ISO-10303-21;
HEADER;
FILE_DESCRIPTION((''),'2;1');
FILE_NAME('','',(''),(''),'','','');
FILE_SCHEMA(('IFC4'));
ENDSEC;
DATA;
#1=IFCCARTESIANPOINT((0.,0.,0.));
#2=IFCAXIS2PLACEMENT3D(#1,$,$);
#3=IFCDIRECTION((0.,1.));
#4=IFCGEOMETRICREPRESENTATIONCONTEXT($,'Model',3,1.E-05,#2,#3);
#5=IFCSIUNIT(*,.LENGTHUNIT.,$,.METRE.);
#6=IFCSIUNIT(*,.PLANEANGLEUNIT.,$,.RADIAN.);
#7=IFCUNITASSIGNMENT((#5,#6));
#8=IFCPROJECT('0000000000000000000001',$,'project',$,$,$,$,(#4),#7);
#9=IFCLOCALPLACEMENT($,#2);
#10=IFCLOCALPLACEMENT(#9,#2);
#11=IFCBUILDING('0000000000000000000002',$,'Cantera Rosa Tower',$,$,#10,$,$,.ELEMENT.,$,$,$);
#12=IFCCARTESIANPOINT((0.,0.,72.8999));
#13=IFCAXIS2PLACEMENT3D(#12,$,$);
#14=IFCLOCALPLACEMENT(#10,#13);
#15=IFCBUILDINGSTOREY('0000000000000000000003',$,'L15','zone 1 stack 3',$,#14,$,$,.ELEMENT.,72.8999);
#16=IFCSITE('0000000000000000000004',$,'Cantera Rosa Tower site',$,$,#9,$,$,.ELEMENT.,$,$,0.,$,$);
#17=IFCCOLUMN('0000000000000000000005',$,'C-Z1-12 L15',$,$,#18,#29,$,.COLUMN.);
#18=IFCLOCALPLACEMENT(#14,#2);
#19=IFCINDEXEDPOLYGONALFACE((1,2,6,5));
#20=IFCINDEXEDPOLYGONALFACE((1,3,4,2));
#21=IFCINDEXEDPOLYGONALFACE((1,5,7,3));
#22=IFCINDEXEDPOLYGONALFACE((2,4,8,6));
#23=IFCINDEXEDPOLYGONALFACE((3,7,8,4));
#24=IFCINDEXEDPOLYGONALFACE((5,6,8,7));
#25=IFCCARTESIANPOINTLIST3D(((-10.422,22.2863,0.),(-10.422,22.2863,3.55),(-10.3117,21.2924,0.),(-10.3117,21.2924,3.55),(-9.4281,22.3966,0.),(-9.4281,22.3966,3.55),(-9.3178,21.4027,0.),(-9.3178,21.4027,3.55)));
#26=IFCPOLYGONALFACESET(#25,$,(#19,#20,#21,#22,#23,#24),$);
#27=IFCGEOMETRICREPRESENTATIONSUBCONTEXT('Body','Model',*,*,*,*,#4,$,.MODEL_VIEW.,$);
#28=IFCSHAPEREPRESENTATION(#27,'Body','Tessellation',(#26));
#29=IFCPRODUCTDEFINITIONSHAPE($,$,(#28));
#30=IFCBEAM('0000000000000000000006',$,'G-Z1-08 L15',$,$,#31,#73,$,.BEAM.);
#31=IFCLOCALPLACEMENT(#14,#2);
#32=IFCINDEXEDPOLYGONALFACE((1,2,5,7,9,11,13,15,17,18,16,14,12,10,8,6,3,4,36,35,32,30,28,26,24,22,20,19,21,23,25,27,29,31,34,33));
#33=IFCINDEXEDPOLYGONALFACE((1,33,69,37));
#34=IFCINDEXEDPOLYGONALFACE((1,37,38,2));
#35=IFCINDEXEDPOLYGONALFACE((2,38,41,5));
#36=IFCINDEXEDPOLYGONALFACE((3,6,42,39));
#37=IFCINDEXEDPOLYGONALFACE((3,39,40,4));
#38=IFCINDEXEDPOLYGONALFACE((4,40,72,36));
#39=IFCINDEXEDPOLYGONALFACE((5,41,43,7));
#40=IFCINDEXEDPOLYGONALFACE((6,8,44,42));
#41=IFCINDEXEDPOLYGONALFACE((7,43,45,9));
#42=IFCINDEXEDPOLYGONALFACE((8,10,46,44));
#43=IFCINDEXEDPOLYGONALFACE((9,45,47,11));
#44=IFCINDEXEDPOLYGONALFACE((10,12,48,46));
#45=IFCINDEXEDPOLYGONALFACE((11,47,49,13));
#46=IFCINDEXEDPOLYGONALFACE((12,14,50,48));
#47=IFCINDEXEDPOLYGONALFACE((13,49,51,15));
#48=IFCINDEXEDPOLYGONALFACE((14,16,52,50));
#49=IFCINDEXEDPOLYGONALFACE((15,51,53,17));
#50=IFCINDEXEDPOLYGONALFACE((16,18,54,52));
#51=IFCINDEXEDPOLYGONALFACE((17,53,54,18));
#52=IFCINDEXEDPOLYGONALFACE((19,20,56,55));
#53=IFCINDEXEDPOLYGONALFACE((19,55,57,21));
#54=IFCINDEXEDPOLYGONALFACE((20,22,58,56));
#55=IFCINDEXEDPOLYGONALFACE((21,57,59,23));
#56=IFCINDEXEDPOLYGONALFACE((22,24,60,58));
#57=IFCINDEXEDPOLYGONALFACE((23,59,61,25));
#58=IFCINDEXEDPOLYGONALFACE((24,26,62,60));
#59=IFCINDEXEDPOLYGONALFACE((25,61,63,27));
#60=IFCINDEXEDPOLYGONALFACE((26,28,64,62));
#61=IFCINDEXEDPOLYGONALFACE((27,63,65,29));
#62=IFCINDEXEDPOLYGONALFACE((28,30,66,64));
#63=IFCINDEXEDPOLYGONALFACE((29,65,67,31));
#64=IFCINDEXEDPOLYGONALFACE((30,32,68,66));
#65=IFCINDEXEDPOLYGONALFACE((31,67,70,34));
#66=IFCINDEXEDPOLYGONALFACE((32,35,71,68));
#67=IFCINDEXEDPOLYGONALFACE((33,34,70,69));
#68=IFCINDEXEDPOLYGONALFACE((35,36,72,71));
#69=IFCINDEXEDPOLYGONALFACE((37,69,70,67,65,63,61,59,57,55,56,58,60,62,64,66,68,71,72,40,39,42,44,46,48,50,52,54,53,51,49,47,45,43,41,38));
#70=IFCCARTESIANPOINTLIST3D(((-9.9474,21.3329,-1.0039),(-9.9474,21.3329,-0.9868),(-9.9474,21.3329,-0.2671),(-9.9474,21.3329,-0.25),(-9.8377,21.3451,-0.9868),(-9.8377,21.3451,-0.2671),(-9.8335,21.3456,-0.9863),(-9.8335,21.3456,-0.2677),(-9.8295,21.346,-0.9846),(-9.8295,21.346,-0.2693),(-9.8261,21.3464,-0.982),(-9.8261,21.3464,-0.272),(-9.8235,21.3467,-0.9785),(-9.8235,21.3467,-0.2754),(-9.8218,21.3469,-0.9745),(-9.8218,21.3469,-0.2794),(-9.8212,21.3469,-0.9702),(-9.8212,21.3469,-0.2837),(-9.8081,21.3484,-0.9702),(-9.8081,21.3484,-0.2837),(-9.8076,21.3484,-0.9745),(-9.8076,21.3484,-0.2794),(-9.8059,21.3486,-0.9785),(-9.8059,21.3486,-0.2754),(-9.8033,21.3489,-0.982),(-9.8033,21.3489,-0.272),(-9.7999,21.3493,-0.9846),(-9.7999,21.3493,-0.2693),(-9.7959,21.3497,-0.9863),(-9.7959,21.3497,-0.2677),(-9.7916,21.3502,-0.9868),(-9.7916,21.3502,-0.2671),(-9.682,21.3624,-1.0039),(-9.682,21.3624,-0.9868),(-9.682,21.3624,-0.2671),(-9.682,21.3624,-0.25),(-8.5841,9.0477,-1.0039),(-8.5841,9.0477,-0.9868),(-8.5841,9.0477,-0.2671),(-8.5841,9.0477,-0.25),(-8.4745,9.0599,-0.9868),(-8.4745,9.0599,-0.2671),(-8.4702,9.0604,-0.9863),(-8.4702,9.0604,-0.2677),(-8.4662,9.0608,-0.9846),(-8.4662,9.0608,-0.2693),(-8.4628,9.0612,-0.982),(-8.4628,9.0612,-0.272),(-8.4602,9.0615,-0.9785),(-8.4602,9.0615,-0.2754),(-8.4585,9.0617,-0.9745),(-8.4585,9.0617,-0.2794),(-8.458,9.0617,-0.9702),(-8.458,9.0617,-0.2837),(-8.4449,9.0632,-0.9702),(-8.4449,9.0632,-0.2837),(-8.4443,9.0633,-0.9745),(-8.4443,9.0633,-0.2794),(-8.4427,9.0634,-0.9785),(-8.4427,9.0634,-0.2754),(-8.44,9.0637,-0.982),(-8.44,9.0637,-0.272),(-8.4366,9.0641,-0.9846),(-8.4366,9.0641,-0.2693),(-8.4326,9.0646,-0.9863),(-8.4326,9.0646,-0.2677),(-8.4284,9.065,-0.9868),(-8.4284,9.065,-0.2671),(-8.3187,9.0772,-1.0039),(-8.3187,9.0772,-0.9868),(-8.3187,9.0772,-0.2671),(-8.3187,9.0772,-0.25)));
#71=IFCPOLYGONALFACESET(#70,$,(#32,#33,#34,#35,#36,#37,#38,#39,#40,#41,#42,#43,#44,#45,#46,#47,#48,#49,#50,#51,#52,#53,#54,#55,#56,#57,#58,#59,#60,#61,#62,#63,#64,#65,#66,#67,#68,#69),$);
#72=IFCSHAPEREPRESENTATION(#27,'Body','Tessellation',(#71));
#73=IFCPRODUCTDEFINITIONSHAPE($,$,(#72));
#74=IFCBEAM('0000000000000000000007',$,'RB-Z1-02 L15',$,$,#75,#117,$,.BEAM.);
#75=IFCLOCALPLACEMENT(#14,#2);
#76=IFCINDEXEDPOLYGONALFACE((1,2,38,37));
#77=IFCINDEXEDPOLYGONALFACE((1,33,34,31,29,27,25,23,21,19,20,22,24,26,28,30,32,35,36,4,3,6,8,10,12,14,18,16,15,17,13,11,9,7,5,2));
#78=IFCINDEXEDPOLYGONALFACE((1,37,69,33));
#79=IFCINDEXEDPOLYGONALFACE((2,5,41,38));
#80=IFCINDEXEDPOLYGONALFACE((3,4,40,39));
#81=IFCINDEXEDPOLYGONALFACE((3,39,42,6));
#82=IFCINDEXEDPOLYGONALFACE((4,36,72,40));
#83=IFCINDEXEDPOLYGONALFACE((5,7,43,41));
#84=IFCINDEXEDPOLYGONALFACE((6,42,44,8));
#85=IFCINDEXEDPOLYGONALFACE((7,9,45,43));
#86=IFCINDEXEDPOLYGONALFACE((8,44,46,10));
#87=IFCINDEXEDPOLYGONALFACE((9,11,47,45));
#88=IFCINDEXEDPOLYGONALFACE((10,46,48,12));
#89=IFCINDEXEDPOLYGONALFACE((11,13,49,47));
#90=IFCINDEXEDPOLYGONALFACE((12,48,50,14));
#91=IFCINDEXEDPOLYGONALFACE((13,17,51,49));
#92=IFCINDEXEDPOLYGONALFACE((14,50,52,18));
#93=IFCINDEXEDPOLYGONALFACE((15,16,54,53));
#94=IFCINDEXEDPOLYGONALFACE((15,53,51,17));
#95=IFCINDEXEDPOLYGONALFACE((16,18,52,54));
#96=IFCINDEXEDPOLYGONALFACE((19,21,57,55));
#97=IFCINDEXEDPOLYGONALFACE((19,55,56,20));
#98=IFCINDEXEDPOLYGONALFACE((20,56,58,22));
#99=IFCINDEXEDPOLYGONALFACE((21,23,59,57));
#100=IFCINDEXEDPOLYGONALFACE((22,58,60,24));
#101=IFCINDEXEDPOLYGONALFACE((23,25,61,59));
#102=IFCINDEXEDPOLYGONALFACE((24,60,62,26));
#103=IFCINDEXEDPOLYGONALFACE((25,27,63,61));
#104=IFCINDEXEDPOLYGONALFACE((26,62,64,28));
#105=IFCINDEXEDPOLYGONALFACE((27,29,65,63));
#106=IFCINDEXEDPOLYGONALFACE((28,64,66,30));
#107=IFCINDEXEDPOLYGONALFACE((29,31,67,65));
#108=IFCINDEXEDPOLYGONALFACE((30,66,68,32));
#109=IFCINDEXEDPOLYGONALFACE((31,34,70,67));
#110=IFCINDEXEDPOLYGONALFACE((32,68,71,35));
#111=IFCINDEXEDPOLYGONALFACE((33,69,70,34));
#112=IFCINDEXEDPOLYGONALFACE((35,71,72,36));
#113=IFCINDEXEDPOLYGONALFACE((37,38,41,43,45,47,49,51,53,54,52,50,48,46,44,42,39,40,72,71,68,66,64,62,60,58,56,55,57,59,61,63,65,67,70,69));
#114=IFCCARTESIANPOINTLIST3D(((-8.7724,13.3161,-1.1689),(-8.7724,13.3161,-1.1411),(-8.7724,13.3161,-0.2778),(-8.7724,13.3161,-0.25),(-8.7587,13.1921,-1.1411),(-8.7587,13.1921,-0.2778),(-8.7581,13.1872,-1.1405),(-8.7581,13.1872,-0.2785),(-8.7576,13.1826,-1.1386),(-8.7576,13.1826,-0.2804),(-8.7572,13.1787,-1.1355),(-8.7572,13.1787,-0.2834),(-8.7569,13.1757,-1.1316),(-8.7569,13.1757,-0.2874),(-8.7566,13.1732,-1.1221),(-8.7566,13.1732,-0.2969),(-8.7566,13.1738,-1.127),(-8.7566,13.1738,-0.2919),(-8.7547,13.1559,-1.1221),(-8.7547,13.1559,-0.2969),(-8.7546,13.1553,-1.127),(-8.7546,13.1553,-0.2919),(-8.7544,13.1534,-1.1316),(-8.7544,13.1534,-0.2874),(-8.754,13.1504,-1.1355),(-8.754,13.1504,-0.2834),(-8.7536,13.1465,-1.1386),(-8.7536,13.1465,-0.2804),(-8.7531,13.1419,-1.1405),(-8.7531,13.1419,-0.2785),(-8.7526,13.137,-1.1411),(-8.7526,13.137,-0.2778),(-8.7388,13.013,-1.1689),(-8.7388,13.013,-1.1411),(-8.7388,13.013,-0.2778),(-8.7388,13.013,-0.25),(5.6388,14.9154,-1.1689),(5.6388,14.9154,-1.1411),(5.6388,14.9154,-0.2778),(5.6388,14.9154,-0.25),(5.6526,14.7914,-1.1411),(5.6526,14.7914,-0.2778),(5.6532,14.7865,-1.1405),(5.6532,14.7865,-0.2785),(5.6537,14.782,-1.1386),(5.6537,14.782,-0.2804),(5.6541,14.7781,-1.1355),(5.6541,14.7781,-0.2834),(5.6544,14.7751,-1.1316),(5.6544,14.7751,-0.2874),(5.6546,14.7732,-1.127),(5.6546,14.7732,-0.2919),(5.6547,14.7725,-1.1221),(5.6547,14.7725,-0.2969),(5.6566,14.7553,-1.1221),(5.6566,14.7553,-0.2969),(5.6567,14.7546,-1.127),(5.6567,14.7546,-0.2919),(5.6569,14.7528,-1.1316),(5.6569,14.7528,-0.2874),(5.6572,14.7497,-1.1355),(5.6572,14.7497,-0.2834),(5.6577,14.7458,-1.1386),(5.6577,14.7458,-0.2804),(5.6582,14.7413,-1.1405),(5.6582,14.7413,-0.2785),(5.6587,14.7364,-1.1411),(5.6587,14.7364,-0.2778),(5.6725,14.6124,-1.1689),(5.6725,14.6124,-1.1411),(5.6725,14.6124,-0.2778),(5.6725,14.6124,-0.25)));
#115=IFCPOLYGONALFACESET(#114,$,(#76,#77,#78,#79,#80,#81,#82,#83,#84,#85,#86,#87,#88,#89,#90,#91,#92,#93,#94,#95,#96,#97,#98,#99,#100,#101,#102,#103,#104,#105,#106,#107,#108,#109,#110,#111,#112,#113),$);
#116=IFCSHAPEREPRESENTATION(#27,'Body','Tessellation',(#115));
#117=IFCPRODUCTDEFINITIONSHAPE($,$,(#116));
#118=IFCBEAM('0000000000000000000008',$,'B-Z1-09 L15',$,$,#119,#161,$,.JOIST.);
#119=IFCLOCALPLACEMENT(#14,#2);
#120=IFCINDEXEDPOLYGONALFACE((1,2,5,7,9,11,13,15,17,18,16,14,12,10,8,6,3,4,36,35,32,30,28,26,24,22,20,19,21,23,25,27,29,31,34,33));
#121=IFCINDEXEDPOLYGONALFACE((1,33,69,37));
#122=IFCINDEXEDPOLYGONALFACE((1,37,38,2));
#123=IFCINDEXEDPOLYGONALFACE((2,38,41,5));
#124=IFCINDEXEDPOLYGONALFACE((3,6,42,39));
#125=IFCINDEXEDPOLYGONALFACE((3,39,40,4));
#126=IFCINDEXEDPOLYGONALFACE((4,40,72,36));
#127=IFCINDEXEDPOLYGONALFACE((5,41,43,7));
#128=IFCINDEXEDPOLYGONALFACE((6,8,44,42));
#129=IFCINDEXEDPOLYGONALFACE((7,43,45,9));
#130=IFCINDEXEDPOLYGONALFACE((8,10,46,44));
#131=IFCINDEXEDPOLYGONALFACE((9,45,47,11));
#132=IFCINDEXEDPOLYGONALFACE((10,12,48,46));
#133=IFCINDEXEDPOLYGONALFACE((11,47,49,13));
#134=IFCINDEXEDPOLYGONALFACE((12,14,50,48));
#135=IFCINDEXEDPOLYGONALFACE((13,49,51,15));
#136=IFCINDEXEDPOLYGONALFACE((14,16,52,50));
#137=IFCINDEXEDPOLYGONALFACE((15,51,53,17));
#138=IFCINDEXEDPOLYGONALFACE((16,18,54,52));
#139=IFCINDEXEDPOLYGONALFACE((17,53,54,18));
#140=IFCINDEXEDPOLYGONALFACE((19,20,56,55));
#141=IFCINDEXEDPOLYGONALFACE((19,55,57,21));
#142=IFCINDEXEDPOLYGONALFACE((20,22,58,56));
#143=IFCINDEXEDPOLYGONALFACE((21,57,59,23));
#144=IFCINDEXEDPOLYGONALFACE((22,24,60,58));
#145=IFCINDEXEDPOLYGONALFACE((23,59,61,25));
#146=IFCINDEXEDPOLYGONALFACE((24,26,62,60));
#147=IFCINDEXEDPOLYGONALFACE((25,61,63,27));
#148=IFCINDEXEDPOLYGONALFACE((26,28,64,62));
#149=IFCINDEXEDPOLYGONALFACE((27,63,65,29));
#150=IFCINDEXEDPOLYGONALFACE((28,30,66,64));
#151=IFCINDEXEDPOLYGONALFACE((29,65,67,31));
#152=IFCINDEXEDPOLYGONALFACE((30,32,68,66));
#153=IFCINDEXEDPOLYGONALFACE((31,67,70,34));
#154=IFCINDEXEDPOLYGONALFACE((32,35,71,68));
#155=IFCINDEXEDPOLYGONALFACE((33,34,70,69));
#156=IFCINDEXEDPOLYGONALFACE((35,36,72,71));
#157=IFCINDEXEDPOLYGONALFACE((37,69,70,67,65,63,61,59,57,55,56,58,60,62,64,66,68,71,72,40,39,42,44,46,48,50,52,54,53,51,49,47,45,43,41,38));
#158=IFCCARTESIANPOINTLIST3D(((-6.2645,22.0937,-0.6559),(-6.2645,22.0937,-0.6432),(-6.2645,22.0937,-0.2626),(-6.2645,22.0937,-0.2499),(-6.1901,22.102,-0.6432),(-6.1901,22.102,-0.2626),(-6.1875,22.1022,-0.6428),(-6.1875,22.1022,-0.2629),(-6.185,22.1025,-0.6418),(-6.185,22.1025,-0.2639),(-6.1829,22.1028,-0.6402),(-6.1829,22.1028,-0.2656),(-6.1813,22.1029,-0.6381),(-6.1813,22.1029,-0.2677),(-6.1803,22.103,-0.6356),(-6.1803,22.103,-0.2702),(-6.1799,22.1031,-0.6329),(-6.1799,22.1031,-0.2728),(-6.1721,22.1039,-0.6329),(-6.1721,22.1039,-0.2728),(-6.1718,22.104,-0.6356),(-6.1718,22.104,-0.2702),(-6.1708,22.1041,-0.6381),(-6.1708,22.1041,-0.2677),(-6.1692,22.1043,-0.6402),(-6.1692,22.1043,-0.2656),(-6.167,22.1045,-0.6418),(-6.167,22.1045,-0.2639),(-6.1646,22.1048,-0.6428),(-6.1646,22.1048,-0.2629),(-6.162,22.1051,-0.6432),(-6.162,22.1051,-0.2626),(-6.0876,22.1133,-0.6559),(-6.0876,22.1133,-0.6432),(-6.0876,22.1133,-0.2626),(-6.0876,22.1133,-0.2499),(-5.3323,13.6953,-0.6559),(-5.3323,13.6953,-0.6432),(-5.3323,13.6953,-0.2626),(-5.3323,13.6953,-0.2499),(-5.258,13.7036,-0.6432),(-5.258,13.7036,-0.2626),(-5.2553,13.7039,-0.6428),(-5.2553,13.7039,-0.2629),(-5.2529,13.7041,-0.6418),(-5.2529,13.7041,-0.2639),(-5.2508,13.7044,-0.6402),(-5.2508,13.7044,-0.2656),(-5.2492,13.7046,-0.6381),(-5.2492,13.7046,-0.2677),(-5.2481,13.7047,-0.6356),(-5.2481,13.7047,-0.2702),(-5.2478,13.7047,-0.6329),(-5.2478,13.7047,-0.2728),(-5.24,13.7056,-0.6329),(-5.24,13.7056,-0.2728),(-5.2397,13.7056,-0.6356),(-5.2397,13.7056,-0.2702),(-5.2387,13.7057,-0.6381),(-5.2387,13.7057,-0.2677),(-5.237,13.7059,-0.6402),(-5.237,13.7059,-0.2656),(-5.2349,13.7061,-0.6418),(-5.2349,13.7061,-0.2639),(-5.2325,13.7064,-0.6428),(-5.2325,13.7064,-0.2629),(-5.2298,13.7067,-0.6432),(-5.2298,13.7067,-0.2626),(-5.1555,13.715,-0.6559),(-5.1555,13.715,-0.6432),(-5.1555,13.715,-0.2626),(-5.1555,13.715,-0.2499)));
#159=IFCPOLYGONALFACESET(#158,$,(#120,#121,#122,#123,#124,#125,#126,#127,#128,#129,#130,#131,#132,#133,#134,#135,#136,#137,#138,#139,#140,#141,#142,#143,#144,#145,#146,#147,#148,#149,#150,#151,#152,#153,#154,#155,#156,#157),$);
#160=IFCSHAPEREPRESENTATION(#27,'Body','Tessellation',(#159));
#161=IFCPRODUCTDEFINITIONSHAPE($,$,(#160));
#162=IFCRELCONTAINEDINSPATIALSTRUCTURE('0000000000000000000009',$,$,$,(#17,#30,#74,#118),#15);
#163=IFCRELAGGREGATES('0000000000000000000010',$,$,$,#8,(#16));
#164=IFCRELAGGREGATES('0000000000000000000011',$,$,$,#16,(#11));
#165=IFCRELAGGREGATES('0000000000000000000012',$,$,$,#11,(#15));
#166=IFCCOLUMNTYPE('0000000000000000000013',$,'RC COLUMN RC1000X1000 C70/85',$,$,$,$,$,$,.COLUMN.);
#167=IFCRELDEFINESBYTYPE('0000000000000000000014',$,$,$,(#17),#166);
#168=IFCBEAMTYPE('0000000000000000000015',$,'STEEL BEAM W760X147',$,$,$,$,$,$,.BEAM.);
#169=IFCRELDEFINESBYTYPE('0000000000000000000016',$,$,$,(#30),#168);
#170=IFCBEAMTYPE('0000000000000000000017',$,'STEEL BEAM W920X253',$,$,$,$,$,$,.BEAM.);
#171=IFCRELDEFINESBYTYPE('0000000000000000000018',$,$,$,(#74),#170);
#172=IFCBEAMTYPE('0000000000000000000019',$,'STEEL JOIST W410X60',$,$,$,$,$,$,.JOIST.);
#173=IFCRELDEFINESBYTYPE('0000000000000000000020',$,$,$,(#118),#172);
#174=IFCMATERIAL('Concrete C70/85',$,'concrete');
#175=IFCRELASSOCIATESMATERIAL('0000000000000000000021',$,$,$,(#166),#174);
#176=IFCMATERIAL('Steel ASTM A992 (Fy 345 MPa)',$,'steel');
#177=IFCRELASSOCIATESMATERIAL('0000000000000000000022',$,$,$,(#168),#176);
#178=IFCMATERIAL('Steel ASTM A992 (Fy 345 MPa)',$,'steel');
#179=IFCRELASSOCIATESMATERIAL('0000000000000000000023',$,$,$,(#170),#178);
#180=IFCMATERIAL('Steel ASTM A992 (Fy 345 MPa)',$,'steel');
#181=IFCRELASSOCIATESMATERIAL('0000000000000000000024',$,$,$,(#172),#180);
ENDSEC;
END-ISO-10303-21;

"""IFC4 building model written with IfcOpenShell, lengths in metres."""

from ifc_helpers import new_model, si_unit, direction, frame, origin, origin_2d, place, context, subcontext, project, spatial, rectangle, i_section, extrude, material, material_profile, profile_set, type_object, element, save


model = new_model("IFC4")

# Units and contexts
model_context = context("Model", 3, precision=1e-05, world=origin(), true_north=direction((0.0, 1.0)))
body_context = subcontext(model_context, "Body", "Model", "MODEL_VIEW")
ifc_project = project(units=[si_unit("LENGTHUNIT", "METRE"), si_unit("PLANEANGLEUNIT", "RADIAN")], contexts=[model_context])

# Site, building, storey
site_placement = place(None, origin())
site = spatial("IfcSite", under=ifc_project, at=site_placement, Name="Cantera Rosa Tower site", CompositionType="ELEMENT", RefElevation=0.0)
building_placement = place(site_placement, origin())
building = spatial("IfcBuilding", under=site, at=building_placement, Name="Cantera Rosa Tower", CompositionType="ELEMENT")
storey_placement = place(building_placement, frame((0.0, 0.0, 72.8999)))
storey = spatial("IfcBuildingStorey", under=building, at=storey_placement, Name="L15", Description="zone 1 stack 3", CompositionType="ELEMENT", Elevation=72.8999)

# Column
ifc_material_1 = material(Name="Concrete C70/85", Category="concrete")
ifc_material_profile_1 = material_profile(ifc_material_1, rectangle(XDim=1.0, YDim=1.0, at=origin_2d()), Name="RC COLUMN RC1000X1000 C70/85")
ifc_profile_set_1 = profile_set([ifc_material_profile_1], Name="Concrete C70/85")
column_type = type_object("IfcColumnType", Name="RC COLUMN RC1000X1000 C70/85", PredefinedType="COLUMN", material=ifc_profile_set_1)
column_placement = place(storey_placement, frame((-9.8699, 21.8445, 0.0), z_axis=(0.0, 0.0, 1.0), x_axis=(0.993897, 0.110313, 0.0)))
element("IfcColumn", 1, at=column_placement, inside=storey, type_object=column_type, Name="C-Z1-12 L15", PredefinedType="COLUMN", context=body_context, shape_type="SweptSolid", body=[
    extrude(rectangle(XDim=1.0, YDim=1.0, at=origin_2d()), origin(), (0.0, 0.0, 1.0), 3.55),
])

# Beams
ifc_material_2 = material(Name="Steel ASTM A992 (Fy 345 MPa)", Category="steel")
ifc_material_profile_2 = material_profile(ifc_material_2, i_section(OverallWidth=0.2671, OverallDepth=0.7539, WebThickness=0.0132, FlangeThickness=0.0171, FilletRadius=0.0166, at=origin_2d()), Name="W760X147")
ifc_profile_set_2 = profile_set([ifc_material_profile_2], Name="Steel ASTM A992 (Fy 345 MPa)")
beam_type_1 = type_object("IfcBeamType", Name="STEEL BEAM W760X147", PredefinedType="BEAM", material=ifc_profile_set_2)
beam_1_placement = place(storey_placement, frame((-9.8147, 21.3477, -0.627), z_axis=(0.110293, -0.993899, 0.0), x_axis=(0.993899, 0.110293, 0.0)))
element("IfcBeam", 2, at=beam_1_placement, inside=storey, type_object=beam_type_1, Name="G-Z1-08 L15", PredefinedType="BEAM", context=body_context, shape_type="SweptSolid", body=[
    extrude(i_section(OverallWidth=0.2671, OverallDepth=0.7539, WebThickness=0.0132, FlangeThickness=0.0171, FilletRadius=0.0166, at=origin_2d()), origin(), (0.0, 0.0, 1.0), 12.3606),
])
ifc_material_3 = material(Name="Steel ASTM A992 (Fy 345 MPa)", Category="steel")
ifc_material_profile_3 = material_profile(ifc_material_3, i_section(OverallWidth=0.3049, OverallDepth=0.9189, WebThickness=0.0173, FlangeThickness=0.0278, FilletRadius=0.019, at=origin_2d()), Name="W920X253")
ifc_profile_set_3 = profile_set([ifc_material_profile_3], Name="Steel ASTM A992 (Fy 345 MPa)")
beam_type_2 = type_object("IfcBeamType", Name="STEEL BEAM W920X253", PredefinedType="BEAM", material=ifc_profile_set_3)
beam_2_placement = place(storey_placement, frame((-8.7556, 13.1646, -0.7095), z_axis=(0.993898, 0.110302, 0.0), x_axis=(-0.110302, 0.993898, 0.0)))
element("IfcBeam", 3, at=beam_2_placement, inside=storey, type_object=beam_type_2, Name="RB-Z1-02 L15", PredefinedType="BEAM", context=body_context, shape_type="SweptSolid", body=[
    extrude(i_section(OverallWidth=0.3049, OverallDepth=0.9189, WebThickness=0.0173, FlangeThickness=0.0278, FilletRadius=0.019, at=origin_2d()), origin(), (0.0, 0.0, 1.0), 14.4998),
])
ifc_material_4 = material(Name="Steel ASTM A992 (Fy 345 MPa)", Category="steel")
ifc_material_profile_4 = material_profile(ifc_material_4, i_section(OverallWidth=0.178, OverallDepth=0.406, WebThickness=0.0078, FlangeThickness=0.0127, FilletRadius=0.0103, at=origin_2d()), Name="W410X60")
ifc_profile_set_4 = profile_set([ifc_material_profile_4], Name="Steel ASTM A992 (Fy 345 MPa)")
beam_type_3 = type_object("IfcBeamType", Name="STEEL JOIST W410X60", PredefinedType="JOIST", material=ifc_profile_set_4)
beam_3_placement = place(storey_placement, frame((-6.176, 22.1035, -0.4529), z_axis=(0.110311, -0.993897, 0.0), x_axis=(0.993897, 0.110311, 0.0)))
element("IfcBeam", 4, at=beam_3_placement, inside=storey, type_object=beam_type_3, Name="B-Z1-09 L15", PredefinedType="JOIST", context=body_context, shape_type="SweptSolid", body=[
    extrude(i_section(OverallWidth=0.178, OverallDepth=0.406, WebThickness=0.0078, FlangeThickness=0.0127, FilletRadius=0.0103, at=origin_2d()), origin(), (0.0, 0.0, 1.0), 8.45),
])

save(model, "model.ifc")
